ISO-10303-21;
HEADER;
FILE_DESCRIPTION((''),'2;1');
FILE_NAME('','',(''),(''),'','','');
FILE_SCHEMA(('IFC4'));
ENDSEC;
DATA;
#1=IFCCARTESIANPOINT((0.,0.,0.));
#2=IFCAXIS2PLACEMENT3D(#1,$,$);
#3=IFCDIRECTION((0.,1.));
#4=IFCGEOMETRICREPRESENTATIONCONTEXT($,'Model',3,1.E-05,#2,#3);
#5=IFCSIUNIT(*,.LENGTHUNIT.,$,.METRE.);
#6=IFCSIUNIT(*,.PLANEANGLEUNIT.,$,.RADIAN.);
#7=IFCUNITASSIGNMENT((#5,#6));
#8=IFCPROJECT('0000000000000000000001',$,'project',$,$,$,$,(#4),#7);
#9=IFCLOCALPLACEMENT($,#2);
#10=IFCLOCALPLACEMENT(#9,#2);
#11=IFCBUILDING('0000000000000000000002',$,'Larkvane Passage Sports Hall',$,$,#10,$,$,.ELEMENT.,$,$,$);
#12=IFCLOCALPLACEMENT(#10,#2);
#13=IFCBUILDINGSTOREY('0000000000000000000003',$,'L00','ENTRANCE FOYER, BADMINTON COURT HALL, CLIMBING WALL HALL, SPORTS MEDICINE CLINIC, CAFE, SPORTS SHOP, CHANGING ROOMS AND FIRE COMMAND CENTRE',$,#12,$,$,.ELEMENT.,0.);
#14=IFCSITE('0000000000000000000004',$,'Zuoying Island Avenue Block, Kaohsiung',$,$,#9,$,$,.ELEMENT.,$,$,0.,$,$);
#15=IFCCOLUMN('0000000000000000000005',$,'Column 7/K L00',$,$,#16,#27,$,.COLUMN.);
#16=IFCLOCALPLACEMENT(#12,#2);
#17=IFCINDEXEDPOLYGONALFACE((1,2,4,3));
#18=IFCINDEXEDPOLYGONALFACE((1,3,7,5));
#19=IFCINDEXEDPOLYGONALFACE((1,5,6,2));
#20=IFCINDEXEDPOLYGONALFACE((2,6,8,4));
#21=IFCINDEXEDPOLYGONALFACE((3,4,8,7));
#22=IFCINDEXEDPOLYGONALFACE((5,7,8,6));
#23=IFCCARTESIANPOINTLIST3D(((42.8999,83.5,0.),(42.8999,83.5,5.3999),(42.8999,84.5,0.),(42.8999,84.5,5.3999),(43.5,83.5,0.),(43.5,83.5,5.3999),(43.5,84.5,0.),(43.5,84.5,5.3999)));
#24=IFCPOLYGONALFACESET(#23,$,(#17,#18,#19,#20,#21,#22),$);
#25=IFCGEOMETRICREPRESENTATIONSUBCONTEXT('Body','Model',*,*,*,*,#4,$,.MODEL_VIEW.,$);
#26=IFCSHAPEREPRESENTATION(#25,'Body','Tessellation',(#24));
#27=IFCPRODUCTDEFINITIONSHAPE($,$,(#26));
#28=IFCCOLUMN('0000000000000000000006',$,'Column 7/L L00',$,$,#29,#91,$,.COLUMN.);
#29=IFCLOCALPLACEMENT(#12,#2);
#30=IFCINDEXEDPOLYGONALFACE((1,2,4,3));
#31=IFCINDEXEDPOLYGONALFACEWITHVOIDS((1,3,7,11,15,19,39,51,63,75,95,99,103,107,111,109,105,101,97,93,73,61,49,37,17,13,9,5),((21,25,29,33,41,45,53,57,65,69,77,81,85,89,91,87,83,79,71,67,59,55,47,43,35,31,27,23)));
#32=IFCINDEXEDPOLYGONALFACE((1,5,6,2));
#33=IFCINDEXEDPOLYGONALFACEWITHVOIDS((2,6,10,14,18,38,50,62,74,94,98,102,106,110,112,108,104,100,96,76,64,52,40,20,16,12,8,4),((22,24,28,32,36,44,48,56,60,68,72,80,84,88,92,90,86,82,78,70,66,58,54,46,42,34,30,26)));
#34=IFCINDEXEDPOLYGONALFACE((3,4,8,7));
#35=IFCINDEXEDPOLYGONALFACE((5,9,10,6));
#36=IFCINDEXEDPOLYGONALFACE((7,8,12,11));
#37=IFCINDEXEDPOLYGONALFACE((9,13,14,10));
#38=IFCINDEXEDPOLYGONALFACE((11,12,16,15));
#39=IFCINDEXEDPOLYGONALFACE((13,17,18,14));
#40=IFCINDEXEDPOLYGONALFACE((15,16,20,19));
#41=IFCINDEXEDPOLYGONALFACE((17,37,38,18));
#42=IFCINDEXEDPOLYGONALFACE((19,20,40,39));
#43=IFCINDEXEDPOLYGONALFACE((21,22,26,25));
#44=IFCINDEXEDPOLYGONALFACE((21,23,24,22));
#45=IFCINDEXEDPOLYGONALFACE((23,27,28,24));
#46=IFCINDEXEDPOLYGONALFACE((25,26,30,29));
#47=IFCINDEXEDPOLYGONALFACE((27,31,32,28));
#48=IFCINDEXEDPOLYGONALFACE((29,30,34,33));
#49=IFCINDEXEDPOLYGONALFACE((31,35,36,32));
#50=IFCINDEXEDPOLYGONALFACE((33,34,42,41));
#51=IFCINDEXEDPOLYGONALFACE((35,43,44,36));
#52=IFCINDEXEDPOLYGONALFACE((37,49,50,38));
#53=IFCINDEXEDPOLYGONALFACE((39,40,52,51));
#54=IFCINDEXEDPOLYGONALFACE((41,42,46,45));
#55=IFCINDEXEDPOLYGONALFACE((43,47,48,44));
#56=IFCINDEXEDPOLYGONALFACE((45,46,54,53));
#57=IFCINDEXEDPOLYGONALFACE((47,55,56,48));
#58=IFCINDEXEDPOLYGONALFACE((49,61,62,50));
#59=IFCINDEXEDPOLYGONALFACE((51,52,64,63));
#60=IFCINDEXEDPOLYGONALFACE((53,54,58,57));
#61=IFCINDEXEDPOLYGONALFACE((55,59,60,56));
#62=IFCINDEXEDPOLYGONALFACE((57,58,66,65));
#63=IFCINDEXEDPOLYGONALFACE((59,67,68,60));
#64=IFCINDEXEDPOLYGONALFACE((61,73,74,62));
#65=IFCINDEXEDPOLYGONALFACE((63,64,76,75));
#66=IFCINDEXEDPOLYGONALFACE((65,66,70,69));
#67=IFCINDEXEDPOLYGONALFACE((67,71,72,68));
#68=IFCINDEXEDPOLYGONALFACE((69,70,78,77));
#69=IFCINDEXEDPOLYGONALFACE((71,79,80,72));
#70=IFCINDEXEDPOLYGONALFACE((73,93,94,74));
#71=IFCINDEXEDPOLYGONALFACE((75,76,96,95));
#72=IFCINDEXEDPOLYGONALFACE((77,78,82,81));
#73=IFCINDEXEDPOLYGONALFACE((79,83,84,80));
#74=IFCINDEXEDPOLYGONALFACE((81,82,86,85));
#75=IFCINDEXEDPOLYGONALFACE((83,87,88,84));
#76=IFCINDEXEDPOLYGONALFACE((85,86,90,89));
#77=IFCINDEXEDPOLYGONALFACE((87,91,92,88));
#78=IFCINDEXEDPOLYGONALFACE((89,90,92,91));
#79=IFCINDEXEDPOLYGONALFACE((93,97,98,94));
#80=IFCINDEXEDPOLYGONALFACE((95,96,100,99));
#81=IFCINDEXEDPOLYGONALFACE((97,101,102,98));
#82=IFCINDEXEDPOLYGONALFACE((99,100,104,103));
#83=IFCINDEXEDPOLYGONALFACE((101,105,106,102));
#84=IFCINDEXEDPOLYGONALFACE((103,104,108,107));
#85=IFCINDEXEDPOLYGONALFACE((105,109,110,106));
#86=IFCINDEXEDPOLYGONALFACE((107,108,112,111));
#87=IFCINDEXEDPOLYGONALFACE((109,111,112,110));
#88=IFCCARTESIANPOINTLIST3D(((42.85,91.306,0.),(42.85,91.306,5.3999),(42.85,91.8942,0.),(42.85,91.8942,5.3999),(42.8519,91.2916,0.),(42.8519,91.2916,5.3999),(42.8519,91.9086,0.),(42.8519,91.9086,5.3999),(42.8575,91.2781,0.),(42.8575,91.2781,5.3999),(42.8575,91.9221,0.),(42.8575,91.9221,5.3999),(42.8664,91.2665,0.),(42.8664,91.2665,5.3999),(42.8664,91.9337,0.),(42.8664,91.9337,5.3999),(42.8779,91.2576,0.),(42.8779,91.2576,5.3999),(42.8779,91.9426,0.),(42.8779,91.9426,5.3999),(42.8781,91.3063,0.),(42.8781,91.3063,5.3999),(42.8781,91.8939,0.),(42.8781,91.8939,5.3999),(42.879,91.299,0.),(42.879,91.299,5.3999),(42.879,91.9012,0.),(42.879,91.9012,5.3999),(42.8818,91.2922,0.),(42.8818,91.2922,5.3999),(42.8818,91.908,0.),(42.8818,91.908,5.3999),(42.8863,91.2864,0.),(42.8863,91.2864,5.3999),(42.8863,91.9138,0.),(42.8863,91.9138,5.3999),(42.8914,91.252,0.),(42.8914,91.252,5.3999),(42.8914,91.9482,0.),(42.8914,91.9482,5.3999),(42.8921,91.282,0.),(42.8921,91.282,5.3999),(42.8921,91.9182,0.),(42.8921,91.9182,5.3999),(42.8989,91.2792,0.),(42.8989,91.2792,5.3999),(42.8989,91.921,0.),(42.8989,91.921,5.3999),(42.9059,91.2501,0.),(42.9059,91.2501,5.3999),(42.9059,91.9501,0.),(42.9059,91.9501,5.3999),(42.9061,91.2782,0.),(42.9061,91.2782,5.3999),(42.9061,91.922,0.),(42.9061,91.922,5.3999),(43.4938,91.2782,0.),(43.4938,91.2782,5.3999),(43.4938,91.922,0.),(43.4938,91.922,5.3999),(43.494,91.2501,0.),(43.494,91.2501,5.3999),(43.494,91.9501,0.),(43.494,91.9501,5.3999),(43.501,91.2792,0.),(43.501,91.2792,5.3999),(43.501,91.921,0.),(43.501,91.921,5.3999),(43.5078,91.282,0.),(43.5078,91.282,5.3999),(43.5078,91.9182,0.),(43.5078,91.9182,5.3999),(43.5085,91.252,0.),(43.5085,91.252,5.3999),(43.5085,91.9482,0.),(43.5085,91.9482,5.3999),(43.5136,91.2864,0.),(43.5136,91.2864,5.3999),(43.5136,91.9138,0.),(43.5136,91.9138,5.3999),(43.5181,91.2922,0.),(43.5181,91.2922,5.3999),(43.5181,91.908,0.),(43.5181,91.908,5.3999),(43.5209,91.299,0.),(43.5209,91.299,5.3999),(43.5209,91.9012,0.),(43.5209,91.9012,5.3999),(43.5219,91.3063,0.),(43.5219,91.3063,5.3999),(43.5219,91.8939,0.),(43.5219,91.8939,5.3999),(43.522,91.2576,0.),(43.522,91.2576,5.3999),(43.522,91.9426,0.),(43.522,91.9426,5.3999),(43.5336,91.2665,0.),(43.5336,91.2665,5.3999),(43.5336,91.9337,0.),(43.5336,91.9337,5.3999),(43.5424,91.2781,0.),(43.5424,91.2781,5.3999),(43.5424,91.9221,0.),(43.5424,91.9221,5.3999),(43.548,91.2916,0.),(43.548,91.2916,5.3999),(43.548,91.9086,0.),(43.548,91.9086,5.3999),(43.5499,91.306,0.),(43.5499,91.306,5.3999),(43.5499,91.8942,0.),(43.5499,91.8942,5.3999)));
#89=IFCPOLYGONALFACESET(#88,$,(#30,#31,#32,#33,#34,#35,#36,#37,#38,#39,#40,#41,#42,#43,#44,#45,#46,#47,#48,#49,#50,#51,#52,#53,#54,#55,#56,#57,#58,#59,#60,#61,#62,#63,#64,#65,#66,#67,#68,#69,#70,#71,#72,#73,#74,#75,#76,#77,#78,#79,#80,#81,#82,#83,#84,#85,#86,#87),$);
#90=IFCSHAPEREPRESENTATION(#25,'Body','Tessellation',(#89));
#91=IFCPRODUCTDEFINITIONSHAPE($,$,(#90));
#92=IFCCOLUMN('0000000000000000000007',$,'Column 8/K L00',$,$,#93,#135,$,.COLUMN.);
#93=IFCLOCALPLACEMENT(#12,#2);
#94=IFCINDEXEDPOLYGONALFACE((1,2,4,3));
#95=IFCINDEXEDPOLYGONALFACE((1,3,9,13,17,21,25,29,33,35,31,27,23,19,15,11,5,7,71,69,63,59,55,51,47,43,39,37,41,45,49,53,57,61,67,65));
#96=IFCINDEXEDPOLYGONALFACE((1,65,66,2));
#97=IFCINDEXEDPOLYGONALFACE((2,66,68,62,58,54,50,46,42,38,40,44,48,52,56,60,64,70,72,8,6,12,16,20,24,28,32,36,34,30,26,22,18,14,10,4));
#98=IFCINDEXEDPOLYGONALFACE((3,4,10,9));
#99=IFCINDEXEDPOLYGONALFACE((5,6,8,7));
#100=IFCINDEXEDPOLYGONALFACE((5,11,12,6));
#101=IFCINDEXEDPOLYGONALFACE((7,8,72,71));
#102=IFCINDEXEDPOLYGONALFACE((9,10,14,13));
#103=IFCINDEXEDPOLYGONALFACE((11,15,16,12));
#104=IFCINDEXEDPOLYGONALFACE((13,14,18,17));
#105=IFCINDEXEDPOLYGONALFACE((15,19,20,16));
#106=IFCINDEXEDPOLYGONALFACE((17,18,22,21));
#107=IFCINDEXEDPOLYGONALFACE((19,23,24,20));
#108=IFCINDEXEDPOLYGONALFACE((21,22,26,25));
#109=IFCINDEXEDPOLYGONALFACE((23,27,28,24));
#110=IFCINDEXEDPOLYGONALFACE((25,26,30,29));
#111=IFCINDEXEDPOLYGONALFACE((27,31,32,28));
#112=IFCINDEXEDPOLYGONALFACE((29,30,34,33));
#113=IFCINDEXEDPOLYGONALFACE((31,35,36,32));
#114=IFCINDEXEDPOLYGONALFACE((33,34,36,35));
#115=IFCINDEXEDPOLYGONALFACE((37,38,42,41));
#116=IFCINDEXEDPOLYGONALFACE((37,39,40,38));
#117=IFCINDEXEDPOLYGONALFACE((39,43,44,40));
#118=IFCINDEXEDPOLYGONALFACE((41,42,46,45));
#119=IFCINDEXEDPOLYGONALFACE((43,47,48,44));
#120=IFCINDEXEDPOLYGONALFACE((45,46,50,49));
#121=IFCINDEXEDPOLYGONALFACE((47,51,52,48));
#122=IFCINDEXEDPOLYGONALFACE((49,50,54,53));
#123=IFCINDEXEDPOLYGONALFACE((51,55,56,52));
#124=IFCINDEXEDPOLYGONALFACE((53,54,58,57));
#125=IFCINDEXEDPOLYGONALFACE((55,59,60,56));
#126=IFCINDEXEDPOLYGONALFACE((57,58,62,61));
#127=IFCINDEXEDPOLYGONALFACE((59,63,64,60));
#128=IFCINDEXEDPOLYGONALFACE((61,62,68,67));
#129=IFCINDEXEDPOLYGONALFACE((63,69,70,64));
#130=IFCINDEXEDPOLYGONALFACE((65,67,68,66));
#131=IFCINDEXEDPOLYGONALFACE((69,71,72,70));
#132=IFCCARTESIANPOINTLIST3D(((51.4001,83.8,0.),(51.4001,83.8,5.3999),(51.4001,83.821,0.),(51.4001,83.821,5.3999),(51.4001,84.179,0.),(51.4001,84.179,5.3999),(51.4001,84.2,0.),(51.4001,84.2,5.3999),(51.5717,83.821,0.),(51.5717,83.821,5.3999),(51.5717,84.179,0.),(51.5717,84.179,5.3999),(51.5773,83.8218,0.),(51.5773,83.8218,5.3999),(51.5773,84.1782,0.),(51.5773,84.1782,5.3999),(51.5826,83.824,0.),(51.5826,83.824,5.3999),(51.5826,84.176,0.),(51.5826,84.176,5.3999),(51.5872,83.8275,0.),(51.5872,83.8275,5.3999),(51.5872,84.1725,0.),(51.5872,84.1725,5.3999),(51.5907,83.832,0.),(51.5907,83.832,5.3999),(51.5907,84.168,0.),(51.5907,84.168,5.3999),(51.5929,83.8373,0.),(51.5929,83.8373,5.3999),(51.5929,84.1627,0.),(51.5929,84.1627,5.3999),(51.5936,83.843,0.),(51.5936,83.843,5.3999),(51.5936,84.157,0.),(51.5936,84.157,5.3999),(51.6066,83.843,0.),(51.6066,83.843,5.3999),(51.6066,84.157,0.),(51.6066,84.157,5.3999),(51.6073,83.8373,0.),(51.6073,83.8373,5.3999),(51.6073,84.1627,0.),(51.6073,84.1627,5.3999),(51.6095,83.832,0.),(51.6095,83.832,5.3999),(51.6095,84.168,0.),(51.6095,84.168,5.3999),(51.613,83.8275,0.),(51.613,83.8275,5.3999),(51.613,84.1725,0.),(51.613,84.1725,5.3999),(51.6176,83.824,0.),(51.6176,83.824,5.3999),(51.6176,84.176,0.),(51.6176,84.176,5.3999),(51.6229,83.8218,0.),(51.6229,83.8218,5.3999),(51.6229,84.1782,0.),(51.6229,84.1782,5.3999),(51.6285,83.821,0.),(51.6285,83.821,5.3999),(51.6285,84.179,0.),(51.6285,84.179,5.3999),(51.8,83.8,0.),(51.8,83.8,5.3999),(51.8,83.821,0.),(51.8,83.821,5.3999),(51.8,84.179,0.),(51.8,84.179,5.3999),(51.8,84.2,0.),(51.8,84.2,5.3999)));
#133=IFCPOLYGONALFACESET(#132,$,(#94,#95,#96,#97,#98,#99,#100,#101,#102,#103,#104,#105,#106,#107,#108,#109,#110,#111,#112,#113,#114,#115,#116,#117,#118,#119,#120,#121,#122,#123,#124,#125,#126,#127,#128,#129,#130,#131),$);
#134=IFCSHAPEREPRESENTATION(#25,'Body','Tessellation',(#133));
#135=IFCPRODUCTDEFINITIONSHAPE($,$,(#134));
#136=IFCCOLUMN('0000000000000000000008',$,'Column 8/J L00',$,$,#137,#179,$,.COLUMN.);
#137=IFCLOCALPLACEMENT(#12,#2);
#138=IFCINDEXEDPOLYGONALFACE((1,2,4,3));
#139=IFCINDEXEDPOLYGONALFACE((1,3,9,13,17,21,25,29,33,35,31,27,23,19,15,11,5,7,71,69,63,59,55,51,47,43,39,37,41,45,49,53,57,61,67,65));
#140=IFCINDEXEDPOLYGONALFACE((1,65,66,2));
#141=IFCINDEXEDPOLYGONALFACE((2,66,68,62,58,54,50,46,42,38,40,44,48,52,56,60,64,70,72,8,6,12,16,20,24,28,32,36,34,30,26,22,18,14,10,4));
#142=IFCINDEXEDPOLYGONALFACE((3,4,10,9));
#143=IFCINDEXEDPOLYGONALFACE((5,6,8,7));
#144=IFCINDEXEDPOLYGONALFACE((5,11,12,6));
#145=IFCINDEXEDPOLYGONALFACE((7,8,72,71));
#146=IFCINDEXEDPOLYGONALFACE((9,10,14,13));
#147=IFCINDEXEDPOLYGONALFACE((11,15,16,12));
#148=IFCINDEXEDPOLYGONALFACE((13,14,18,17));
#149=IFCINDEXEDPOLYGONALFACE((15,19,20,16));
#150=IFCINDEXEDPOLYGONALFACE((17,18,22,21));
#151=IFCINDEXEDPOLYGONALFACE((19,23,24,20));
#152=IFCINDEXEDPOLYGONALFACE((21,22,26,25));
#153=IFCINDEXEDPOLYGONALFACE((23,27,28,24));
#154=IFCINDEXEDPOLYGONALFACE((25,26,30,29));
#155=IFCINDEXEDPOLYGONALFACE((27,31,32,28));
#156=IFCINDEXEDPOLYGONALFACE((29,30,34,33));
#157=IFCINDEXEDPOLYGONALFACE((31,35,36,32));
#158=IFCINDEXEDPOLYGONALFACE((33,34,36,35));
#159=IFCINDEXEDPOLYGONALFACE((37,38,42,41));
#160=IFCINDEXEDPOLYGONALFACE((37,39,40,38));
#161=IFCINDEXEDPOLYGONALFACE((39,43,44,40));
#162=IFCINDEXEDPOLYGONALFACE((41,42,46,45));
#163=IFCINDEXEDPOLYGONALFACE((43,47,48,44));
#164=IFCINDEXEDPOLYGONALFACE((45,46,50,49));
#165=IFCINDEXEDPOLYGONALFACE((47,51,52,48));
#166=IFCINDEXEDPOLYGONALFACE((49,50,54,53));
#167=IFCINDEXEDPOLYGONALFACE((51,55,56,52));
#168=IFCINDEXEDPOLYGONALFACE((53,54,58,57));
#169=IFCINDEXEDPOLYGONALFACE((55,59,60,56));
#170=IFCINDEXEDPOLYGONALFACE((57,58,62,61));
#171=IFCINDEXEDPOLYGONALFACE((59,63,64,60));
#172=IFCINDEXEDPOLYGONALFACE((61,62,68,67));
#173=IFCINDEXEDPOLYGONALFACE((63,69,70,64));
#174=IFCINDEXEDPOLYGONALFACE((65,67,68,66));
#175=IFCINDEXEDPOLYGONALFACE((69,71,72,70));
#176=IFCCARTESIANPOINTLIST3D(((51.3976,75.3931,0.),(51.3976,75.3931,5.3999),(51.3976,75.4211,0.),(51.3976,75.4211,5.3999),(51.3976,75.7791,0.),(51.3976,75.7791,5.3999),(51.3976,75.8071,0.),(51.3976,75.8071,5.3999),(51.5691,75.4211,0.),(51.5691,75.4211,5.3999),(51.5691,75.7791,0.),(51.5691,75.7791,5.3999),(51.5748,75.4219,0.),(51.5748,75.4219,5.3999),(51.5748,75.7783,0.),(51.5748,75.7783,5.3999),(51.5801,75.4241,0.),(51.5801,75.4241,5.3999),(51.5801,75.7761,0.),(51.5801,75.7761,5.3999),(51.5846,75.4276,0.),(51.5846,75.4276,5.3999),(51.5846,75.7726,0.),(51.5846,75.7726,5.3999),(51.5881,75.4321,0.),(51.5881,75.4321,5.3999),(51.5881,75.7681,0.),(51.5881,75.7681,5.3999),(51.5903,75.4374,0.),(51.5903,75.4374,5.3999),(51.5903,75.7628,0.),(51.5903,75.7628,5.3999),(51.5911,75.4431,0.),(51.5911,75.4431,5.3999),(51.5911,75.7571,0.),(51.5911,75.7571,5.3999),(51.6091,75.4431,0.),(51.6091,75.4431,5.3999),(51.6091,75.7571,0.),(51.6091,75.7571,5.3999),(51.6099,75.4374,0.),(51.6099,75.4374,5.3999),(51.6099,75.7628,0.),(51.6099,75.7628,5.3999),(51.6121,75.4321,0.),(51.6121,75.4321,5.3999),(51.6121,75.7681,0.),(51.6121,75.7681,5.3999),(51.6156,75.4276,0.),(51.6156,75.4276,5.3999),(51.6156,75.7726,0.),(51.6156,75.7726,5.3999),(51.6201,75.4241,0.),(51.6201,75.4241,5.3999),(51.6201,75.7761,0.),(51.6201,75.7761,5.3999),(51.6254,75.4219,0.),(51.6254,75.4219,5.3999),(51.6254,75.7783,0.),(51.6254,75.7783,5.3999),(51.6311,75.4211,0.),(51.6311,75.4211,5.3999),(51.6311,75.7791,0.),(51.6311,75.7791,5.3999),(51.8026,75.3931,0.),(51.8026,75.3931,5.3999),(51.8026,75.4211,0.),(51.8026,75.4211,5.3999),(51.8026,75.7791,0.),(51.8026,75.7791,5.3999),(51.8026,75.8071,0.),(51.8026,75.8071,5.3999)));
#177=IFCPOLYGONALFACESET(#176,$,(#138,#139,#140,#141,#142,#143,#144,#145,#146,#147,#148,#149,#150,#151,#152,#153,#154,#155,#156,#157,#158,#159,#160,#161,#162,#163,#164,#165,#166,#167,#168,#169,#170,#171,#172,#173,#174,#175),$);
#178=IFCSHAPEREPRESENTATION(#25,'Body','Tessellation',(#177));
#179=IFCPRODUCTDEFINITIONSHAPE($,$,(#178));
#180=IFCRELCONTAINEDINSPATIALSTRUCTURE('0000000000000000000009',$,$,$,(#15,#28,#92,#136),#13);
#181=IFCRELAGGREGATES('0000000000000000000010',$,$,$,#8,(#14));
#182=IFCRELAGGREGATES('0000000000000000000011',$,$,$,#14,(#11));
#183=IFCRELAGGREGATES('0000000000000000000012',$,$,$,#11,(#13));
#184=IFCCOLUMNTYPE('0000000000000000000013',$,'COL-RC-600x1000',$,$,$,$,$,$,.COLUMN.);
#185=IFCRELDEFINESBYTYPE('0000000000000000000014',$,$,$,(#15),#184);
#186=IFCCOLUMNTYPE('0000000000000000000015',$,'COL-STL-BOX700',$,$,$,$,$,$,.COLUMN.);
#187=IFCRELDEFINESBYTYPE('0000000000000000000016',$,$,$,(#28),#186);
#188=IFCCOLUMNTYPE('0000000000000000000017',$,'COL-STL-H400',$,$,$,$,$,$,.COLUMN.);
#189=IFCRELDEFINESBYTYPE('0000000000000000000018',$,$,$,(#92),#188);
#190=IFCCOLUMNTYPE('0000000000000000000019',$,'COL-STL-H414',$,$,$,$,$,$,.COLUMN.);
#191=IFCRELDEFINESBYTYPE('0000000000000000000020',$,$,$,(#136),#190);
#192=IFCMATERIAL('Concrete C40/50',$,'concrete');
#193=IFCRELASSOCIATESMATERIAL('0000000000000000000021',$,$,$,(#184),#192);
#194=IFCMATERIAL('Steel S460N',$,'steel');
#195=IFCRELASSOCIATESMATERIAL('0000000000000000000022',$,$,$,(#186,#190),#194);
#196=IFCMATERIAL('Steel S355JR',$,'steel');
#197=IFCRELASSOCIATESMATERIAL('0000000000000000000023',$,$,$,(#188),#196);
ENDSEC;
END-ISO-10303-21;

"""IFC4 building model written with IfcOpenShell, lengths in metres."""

from ifc_helpers import new_model, si_unit, direction, frame, origin, origin_2d, place, context, subcontext, project, spatial, rectangle, hollow_rectangle, i_section, extrude, material, material_profile, profile_set, type_object, element, save


model = new_model("IFC4")

# Units and contexts
model_context = context("Model", 3, precision=1e-05, world=origin(), true_north=direction((0.0, 1.0)))
body_context = subcontext(model_context, "Body", "Model", "MODEL_VIEW")
ifc_project = project(units=[si_unit("LENGTHUNIT", "METRE"), si_unit("PLANEANGLEUNIT", "RADIAN")], contexts=[model_context])

# Site, building, storey
site_placement = place(None, origin())
site = spatial("IfcSite", under=ifc_project, at=site_placement, Name="Zuoying Island Avenue Block, Kaohsiung", CompositionType="ELEMENT", RefElevation=0.0)
building_placement = place(site_placement, origin())
building = spatial("IfcBuilding", under=site, at=building_placement, Name="Larkvane Passage Sports Hall", CompositionType="ELEMENT")
storey_placement = place(building_placement, origin())
storey = spatial("IfcBuildingStorey", under=building, at=storey_placement, Name="L00", Description="ENTRANCE FOYER, BADMINTON COURT HALL, CLIMBING WALL HALL, SPORTS MEDICINE CLINIC, CAFE, SPORTS SHOP, CHANGING ROOMS AND FIRE COMMAND CENTRE", CompositionType="ELEMENT", Elevation=0.0)

# Columns
ifc_material_1 = material(Name="Concrete C40/50", Category="concrete")
ifc_material_profile_1 = material_profile(ifc_material_1, rectangle(XDim=0.6001, YDim=1.0, at=origin_2d()), Name="RC-COL-600x1000")
ifc_profile_set_1 = profile_set([ifc_material_profile_1], Name="Concrete C40/50")
column_type_1 = type_object("IfcColumnType", Name="COL-RC-600x1000", PredefinedType="COLUMN", material=ifc_profile_set_1)
column_1_placement = place(storey_placement, frame((43.2, 84.0, 0.0), z_axis=(0.0, 0.0, 1.0), x_axis=(1.0, 0.0, 0.0)))
element("IfcColumn", 1, at=column_1_placement, inside=storey, type_object=column_type_1, Name="Column 7/K L00", PredefinedType="COLUMN", context=body_context, shape_type="SweptSolid", body=[
    extrude(rectangle(XDim=0.6001, YDim=1.0, at=origin_2d()), origin(), (0.0, 0.0, 1.0), 5.3999),
])
ifc_material_2 = material(Name="Steel S460N", Category="steel")
ifc_material_profile_2 = material_profile(ifc_material_2, hollow_rectangle(XDim=0.7, YDim=0.7, WallThickness=0.0281, InnerFilletRadius=0.0281, OuterFilletRadius=0.0559, at=origin_2d()), Name="BOX-700x700x28")
ifc_profile_set_2 = profile_set([ifc_material_profile_2], Name="Steel S460N")
column_type_2 = type_object("IfcColumnType", Name="COL-STL-BOX700", PredefinedType="COLUMN", material=ifc_profile_set_2)
column_2_placement = place(storey_placement, frame((43.2, 91.6001, 0.0), z_axis=(0.0, 0.0, 1.0), x_axis=(1.0, 0.0, 0.0)))
element("IfcColumn", 2, at=column_2_placement, inside=storey, type_object=column_type_2, Name="Column 7/L L00", PredefinedType="COLUMN", context=body_context, shape_type="SweptSolid", body=[
    extrude(hollow_rectangle(XDim=0.7, YDim=0.7, WallThickness=0.0281, InnerFilletRadius=0.0281, OuterFilletRadius=0.0559, at=origin_2d()), origin(), (0.0, 0.0, 1.0), 5.3999),
])
ifc_material_3 = material(Name="Steel S355JR", Category="steel")
ifc_material_profile_3 = material_profile(ifc_material_3, i_section(OverallWidth=0.3999, OverallDepth=0.3999, WebThickness=0.0129, FlangeThickness=0.021, FilletRadius=0.022, at=origin_2d()), Name="H-400x400x13x21")
ifc_profile_set_3 = profile_set([ifc_material_profile_3], Name="Steel S355JR")
column_type_3 = type_object("IfcColumnType", Name="COL-STL-H400", PredefinedType="COLUMN", material=ifc_profile_set_3)
column_3_placement = place(storey_placement, frame((51.6001, 84.0, 0.0), z_axis=(0.0, 0.0, 1.0), x_axis=(1.0, 0.0, 0.0)))
element("IfcColumn", 3, at=column_3_placement, inside=storey, type_object=column_type_3, Name="Column 8/K L00", PredefinedType="COLUMN", context=body_context, shape_type="SweptSolid", body=[
    extrude(i_section(OverallWidth=0.3999, OverallDepth=0.3999, WebThickness=0.0129, FlangeThickness=0.021, FilletRadius=0.022, at=origin_2d()), origin(), (0.0, 0.0, 1.0), 5.3999),
])
ifc_material_profile_4 = material_profile(ifc_material_2, i_section(OverallWidth=0.405, OverallDepth=0.4141, WebThickness=0.0181, FlangeThickness=0.0281, FilletRadius=0.022, at=origin_2d()), Name="H-414x405x18x28")
ifc_profile_set_4 = profile_set([ifc_material_profile_4], Name="Steel S460N")
column_type_4 = type_object("IfcColumnType", Name="COL-STL-H414", PredefinedType="COLUMN", material=ifc_profile_set_4)
column_4_placement = place(storey_placement, frame((51.6001, 75.6001, 0.0), z_axis=(0.0, 0.0, 1.0), x_axis=(1.0, 0.0, 0.0)))
element("IfcColumn", 4, at=column_4_placement, inside=storey, type_object=column_type_4, Name="Column 8/J L00", PredefinedType="COLUMN", context=body_context, shape_type="SweptSolid", body=[
    extrude(i_section(OverallWidth=0.405, OverallDepth=0.4141, WebThickness=0.0181, FlangeThickness=0.0281, FilletRadius=0.022, at=origin_2d()), origin(), (0.0, 0.0, 1.0), 5.3999),
])

save(model, "model.ifc")
